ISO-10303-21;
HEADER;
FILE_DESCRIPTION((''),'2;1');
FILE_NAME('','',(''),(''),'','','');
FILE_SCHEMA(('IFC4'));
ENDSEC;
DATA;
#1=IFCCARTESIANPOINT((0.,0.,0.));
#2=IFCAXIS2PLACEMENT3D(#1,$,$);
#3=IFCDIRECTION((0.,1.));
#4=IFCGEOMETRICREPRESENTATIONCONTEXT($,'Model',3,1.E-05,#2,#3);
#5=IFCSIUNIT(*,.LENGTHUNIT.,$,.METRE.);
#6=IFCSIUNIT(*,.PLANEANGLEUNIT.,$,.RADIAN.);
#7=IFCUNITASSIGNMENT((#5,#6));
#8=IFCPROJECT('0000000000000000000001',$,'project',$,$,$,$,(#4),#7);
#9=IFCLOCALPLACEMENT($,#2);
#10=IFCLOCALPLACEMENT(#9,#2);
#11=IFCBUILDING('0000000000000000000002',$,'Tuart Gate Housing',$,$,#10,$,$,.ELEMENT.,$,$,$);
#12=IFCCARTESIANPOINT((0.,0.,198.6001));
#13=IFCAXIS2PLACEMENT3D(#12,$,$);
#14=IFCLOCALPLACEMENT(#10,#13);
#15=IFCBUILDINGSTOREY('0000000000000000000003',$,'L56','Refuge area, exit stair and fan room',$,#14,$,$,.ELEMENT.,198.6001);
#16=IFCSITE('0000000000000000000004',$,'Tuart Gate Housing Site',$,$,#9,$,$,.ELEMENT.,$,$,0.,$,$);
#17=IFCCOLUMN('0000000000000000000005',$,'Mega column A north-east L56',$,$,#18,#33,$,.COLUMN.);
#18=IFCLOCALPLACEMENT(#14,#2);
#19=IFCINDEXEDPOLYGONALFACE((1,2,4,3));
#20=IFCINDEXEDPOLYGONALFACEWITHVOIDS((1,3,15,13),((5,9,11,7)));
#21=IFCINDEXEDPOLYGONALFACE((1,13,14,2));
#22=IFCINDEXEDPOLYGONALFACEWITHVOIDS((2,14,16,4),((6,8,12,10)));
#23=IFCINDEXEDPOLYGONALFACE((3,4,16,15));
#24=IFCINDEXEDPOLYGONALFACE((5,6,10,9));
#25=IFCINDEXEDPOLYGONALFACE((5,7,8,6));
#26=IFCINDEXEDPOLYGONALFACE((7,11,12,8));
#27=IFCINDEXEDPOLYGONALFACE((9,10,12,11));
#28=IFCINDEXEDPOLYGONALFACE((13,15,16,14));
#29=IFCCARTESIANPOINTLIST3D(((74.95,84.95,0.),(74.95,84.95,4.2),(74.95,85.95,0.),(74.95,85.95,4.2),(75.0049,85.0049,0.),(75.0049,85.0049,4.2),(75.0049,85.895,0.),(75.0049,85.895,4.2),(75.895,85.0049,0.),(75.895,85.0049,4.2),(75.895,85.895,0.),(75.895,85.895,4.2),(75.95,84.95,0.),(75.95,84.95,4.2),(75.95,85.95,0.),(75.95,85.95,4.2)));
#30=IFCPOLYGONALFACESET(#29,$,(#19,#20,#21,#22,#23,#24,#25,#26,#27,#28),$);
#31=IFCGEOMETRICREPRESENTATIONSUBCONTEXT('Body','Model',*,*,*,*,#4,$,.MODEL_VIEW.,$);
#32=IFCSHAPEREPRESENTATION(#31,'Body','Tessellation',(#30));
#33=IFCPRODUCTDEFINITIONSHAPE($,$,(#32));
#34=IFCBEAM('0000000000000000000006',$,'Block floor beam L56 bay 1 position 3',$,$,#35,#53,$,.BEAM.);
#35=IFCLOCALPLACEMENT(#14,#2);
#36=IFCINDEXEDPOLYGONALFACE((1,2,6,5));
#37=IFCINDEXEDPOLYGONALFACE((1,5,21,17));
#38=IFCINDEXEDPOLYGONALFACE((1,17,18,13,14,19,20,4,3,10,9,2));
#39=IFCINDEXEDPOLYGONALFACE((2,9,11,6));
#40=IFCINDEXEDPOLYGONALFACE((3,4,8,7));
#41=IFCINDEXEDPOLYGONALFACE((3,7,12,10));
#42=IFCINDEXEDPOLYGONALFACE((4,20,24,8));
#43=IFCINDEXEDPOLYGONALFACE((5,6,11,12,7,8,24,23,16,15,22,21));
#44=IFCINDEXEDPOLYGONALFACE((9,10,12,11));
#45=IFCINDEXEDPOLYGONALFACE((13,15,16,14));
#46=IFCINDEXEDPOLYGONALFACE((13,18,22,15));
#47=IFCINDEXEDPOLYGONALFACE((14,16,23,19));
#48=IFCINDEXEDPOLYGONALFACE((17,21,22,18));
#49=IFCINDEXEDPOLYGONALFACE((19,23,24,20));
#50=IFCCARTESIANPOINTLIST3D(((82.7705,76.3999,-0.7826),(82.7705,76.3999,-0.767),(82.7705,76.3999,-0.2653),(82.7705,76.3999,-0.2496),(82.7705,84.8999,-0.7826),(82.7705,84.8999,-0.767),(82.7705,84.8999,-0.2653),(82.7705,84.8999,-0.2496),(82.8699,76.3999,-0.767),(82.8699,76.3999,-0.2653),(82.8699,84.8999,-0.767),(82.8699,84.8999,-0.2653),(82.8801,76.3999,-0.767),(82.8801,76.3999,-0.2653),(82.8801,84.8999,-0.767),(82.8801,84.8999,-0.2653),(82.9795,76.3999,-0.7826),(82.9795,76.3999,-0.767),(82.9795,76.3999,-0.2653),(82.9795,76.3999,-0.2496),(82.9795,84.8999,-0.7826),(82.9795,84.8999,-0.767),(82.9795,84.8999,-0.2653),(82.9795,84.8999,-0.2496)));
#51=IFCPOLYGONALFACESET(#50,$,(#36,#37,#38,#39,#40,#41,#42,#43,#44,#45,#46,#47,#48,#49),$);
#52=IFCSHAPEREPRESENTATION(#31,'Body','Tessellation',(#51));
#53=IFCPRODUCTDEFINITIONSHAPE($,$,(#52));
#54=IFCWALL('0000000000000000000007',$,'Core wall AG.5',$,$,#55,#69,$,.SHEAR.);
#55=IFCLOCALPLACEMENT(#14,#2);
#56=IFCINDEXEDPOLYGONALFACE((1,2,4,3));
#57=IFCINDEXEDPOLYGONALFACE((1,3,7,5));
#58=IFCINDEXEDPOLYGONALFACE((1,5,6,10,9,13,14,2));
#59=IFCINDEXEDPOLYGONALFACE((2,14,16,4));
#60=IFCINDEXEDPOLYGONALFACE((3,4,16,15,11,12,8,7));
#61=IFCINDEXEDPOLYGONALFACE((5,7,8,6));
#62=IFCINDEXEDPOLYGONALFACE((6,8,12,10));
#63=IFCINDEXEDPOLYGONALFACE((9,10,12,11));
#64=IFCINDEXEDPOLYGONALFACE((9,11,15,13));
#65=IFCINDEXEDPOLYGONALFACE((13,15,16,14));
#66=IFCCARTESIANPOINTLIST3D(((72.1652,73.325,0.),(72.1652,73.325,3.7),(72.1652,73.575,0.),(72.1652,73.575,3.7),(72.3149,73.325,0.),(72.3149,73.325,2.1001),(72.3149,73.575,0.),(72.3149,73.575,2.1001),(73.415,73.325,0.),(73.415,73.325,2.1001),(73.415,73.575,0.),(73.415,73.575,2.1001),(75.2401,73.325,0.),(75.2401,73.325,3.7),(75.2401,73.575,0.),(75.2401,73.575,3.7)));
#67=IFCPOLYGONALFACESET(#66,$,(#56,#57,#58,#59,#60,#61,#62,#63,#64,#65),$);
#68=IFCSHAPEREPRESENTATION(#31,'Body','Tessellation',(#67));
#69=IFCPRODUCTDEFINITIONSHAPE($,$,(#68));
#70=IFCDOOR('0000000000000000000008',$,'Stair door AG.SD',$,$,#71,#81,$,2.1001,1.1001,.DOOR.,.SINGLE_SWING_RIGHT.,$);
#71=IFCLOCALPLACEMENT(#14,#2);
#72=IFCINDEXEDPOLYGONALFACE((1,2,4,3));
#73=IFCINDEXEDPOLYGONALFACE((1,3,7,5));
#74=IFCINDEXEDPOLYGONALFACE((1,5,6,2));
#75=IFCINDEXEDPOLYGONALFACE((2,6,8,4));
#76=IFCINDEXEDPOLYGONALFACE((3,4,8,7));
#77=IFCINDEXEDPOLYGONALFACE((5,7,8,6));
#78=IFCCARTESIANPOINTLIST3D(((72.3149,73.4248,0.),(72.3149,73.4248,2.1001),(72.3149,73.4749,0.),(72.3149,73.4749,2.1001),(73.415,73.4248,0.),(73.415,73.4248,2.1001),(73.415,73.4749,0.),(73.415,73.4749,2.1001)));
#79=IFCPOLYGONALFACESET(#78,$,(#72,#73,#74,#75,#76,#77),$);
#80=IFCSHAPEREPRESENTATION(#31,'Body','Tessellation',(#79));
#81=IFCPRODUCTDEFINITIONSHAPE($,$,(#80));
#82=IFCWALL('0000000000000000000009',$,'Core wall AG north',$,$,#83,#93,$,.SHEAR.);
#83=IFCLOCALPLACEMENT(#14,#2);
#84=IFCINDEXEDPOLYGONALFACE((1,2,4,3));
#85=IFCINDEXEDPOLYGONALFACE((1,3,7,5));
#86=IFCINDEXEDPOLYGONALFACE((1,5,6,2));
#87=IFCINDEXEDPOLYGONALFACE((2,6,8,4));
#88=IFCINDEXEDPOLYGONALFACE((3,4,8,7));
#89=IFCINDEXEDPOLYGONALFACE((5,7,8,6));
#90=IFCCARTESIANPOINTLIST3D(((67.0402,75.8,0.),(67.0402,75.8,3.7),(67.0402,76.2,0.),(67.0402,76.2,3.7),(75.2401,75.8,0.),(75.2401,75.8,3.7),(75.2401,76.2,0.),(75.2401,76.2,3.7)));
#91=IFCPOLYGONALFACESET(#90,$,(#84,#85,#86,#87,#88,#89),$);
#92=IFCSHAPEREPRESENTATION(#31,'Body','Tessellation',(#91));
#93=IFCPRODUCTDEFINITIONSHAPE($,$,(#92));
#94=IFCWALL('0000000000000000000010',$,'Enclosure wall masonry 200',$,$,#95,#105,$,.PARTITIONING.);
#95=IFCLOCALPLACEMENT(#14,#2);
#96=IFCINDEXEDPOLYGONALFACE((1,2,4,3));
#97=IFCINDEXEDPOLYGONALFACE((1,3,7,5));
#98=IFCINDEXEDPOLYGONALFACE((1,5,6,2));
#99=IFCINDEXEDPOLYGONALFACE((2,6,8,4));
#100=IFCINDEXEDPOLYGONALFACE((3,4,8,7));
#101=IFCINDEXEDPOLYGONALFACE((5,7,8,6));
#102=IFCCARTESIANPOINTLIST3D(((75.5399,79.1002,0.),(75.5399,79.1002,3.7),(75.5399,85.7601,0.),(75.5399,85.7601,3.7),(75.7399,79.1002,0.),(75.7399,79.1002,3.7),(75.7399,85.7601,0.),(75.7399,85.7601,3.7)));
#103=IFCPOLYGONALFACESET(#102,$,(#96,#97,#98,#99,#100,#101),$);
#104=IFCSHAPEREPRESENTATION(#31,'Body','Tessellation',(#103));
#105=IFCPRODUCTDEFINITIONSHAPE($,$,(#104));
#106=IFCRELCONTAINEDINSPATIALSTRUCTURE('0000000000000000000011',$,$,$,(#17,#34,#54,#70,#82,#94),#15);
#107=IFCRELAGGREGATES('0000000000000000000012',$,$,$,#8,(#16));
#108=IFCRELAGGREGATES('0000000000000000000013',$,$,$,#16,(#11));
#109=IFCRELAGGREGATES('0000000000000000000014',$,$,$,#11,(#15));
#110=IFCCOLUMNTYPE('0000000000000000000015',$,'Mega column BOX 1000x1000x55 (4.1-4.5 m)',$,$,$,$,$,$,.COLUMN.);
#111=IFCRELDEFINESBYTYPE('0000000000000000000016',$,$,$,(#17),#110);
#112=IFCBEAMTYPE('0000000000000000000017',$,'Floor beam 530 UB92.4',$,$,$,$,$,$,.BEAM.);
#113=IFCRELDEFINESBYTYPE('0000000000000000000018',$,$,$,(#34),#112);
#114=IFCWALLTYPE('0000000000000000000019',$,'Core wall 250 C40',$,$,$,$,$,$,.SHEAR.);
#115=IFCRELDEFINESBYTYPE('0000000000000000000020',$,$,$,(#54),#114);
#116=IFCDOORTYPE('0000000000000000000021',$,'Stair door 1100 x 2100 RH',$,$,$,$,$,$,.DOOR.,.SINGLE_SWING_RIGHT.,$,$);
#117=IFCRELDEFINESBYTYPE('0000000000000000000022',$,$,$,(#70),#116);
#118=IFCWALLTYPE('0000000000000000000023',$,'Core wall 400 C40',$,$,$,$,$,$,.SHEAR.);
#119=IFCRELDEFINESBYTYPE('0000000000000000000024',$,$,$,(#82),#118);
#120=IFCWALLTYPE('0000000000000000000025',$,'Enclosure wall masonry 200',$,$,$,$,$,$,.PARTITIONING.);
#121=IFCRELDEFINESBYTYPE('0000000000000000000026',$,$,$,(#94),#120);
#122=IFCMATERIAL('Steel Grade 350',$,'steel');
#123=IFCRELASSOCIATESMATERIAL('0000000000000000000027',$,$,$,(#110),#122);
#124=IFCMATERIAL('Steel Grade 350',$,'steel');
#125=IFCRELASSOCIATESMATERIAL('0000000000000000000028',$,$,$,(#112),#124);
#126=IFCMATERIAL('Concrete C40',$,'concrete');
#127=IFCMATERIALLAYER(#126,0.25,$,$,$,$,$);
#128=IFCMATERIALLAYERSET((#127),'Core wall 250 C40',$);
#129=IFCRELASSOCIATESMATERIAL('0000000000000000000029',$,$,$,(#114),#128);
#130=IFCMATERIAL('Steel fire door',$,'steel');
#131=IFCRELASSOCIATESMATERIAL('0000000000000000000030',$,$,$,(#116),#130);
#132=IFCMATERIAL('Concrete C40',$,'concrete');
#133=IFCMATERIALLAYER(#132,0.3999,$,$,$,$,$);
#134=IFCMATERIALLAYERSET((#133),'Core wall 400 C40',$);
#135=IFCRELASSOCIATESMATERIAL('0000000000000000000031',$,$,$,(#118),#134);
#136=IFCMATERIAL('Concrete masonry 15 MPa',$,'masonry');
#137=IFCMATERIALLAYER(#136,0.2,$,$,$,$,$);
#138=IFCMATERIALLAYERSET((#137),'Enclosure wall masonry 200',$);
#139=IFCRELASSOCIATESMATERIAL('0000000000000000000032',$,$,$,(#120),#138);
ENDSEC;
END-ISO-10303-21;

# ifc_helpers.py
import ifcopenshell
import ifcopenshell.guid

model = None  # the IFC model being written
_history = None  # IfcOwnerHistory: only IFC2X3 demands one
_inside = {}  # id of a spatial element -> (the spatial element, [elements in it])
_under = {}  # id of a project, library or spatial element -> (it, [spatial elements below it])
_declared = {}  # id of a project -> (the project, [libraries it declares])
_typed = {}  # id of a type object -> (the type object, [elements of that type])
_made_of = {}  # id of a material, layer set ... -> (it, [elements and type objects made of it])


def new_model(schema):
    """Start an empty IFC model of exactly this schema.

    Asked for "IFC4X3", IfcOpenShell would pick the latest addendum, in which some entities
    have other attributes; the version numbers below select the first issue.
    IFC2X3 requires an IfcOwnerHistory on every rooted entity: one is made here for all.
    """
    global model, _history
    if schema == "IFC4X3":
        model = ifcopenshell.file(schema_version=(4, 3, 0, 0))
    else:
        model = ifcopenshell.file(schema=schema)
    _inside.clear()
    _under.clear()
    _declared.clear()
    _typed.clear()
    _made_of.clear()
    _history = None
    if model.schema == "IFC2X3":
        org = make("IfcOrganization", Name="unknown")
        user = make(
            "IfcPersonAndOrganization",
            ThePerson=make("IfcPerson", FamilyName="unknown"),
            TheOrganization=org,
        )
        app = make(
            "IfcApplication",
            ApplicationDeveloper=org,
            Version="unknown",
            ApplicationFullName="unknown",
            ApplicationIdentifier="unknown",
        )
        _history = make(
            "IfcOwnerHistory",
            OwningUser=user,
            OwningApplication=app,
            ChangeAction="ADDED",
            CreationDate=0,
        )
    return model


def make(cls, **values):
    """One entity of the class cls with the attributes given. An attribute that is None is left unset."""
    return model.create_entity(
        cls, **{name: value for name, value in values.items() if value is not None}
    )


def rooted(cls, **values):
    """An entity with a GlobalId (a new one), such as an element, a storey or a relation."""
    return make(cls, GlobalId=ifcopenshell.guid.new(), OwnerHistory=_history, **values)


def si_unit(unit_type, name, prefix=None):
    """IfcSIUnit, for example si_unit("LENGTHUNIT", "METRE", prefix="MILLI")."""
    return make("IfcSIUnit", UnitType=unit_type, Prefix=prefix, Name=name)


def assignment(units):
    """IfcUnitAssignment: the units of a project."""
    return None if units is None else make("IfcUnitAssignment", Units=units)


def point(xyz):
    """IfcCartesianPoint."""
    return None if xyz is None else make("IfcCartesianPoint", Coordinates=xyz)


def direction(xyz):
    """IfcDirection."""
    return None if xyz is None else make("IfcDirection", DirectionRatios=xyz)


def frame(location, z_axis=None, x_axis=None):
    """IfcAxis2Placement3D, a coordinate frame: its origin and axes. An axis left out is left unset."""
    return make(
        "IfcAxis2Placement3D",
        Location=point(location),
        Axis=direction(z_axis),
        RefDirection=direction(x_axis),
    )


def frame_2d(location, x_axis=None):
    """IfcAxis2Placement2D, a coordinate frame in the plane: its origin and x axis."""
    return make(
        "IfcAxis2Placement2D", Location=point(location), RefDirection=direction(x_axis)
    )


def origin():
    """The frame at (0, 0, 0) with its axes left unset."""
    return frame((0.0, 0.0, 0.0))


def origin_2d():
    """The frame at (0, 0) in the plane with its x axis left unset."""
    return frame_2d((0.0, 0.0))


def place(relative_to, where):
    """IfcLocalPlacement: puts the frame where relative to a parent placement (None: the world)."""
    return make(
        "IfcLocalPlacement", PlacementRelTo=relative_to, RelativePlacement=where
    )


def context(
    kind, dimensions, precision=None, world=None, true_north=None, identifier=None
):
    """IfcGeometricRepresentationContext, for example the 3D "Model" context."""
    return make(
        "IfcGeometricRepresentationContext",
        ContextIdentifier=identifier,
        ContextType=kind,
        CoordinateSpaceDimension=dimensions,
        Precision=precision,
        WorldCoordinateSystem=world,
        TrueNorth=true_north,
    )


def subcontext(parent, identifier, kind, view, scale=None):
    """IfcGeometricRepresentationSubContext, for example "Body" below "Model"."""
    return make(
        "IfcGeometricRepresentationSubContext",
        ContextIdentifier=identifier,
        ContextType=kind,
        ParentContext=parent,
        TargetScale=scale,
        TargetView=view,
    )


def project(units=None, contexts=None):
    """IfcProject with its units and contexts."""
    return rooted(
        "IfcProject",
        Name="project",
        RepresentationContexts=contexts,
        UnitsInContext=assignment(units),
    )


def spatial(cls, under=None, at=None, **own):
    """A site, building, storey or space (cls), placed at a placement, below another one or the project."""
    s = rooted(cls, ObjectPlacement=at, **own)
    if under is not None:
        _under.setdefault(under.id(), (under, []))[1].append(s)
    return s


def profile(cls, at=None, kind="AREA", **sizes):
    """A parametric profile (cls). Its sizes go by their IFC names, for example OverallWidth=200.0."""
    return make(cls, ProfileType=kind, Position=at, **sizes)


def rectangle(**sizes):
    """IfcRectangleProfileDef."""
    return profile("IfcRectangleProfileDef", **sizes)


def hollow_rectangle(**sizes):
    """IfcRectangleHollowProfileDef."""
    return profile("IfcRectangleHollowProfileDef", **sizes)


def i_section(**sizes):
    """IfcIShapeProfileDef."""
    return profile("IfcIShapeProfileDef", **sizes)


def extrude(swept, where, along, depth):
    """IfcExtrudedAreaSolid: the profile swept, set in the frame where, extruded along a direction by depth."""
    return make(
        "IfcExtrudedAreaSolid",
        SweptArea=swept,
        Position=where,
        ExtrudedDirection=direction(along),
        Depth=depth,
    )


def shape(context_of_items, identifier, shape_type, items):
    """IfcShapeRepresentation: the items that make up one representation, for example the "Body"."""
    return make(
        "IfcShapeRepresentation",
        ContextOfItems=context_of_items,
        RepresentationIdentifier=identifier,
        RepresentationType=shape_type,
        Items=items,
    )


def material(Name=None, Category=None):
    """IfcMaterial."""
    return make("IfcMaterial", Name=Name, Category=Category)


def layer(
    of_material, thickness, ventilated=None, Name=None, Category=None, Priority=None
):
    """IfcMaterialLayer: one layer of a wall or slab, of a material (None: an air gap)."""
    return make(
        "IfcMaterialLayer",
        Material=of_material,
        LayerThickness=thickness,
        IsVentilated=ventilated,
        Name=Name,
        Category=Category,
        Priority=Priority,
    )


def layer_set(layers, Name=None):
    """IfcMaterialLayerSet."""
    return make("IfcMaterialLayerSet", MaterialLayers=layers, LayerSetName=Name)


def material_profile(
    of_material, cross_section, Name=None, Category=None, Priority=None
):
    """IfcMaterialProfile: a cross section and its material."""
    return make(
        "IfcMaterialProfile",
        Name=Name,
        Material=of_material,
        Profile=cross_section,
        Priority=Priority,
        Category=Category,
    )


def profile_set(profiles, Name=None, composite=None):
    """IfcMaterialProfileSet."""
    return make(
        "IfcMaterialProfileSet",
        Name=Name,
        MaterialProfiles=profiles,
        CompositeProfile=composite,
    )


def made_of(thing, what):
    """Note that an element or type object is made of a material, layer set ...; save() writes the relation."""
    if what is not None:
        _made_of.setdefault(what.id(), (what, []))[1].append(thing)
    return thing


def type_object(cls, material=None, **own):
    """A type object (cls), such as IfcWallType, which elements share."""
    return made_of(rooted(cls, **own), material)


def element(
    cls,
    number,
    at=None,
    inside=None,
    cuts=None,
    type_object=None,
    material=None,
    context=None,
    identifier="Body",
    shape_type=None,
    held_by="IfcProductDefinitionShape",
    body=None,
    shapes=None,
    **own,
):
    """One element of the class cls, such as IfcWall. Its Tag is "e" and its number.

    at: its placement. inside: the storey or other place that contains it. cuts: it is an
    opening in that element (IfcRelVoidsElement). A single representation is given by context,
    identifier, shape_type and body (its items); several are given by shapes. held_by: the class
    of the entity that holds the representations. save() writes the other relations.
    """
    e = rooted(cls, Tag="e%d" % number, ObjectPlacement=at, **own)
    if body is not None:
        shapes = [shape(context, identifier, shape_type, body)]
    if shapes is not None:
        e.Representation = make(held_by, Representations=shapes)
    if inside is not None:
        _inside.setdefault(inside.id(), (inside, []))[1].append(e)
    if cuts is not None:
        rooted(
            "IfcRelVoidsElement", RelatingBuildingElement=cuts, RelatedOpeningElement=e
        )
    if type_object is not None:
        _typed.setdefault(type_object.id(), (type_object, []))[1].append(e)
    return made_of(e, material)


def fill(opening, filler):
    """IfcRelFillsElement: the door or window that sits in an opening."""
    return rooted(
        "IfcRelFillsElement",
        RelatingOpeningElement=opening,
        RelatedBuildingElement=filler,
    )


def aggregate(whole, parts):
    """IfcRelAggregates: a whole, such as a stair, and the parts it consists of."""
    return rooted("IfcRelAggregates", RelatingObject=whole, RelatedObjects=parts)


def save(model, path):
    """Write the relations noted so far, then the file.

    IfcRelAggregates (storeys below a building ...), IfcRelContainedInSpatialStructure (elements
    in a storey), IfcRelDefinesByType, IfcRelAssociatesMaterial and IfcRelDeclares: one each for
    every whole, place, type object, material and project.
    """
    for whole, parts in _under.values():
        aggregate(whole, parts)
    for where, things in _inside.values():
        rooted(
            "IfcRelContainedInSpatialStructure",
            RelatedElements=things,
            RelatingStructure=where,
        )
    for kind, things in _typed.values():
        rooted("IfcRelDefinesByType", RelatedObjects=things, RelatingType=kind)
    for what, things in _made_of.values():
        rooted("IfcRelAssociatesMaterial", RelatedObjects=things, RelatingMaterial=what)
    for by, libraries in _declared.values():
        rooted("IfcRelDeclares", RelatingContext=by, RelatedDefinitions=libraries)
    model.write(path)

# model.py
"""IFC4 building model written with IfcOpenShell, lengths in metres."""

from ifc_helpers import new_model, si_unit, direction, frame, frame_2d, origin, origin_2d, place, context, subcontext, project, spatial, rectangle, hollow_rectangle, i_section, extrude, material, layer, layer_set, material_profile, profile_set, type_object, element, fill, save


model = new_model("IFC4")

# Units and contexts
model_context = context("Model", 3, precision=1e-05, world=origin(), true_north=direction((0.0, 1.0)))
body_context = subcontext(model_context, "Body", "Model", "MODEL_VIEW")
ifc_project = project(units=[si_unit("LENGTHUNIT", "METRE"), si_unit("PLANEANGLEUNIT", "RADIAN")], contexts=[model_context])

# Site, building, storey
site_placement = place(None, origin())
site = spatial("IfcSite", under=ifc_project, at=site_placement, Name="Tuart Gate Housing Site", CompositionType="ELEMENT", RefElevation=0.0)
building_placement = place(site_placement, origin())
building = spatial("IfcBuilding", under=site, at=building_placement, Name="Tuart Gate Housing", CompositionType="ELEMENT")
storey_placement = place(building_placement, frame((0.0, 0.0, 198.6001)))
storey = spatial("IfcBuildingStorey", under=building, at=storey_placement, Name="L56", Description="Refuge area, exit stair and fan room", CompositionType="ELEMENT", Elevation=198.6001)

# Column
ifc_material_1 = material(Name="Steel Grade 350", Category="steel")
ifc_material_profile_1 = material_profile(ifc_material_1, hollow_rectangle(XDim=1.0, YDim=1.0, WallThickness=0.0549, at=origin_2d()), Name="BOX 1000x1000x55")
ifc_profile_set_1 = profile_set([ifc_material_profile_1], Name="Steel Grade 350")
column_type = type_object("IfcColumnType", Name="Mega column BOX 1000x1000x55 (4.1-4.5 m)", PredefinedType="COLUMN", material=ifc_profile_set_1)
column_placement = place(storey_placement, frame((75.45, 85.45, 0.0), z_axis=(0.0, 0.0, 1.0), x_axis=(1.0, 0.0, 0.0)))
element("IfcColumn", 1, at=column_placement, inside=storey, type_object=column_type, Name="Mega column A north-east L56", PredefinedType="COLUMN", context=body_context, shape_type="SweptSolid", body=[
    extrude(hollow_rectangle(XDim=1.0, YDim=1.0, WallThickness=0.0549, at=origin_2d()), origin(), (0.0, 0.0, 1.0), 4.2),
])

# Beam
ifc_material_2 = material(Name="Steel Grade 350", Category="steel")
ifc_material_profile_2 = material_profile(ifc_material_2, i_section(OverallWidth=0.209, OverallDepth=0.533, WebThickness=0.0103, FlangeThickness=0.0156, at=origin_2d()), Name="530UB92.4")
ifc_profile_set_2 = profile_set([ifc_material_profile_2], Name="Steel Grade 350")
beam_type = type_object("IfcBeamType", Name="Floor beam 530 UB92.4", PredefinedType="BEAM", material=ifc_profile_set_2)
beam_placement = place(storey_placement, frame((82.875, 76.3999, -0.5161), z_axis=(0.0, 1.0, 0.0), x_axis=(-1.0, 0.0, 0.0)))
element("IfcBeam", 2, at=beam_placement, inside=storey, type_object=beam_type, Name="Block floor beam L56 bay 1 position 3", PredefinedType="BEAM", context=body_context, shape_type="SweptSolid", body=[
    extrude(i_section(OverallWidth=0.209, OverallDepth=0.533, WebThickness=0.0103, FlangeThickness=0.0156, at=origin_2d()), origin(), (0.0, 0.0, 1.0), 8.5),
])

# Wall, opening, door
ifc_material_3 = material(Name="Concrete C40", Category="concrete")
ifc_layer_1 = layer(ifc_material_3, 0.25)
ifc_layer_set_1 = layer_set([ifc_layer_1], Name="Core wall 250 C40")
wall_type_1 = type_object("IfcWallType", Name="Core wall 250 C40", PredefinedType="SHEAR", material=ifc_layer_set_1)
wall_1_placement = place(storey_placement, frame((72.165, 73.45, 0.0), z_axis=(0.0, 0.0, 1.0), x_axis=(1.0, 0.0, 0.0)))
wall_1 = element("IfcWall", 3, at=wall_1_placement, inside=storey, type_object=wall_type_1, Name="Core wall AG.5", PredefinedType="SHEAR", context=body_context, shape_type="SweptSolid", body=[
    extrude(rectangle(XDim=3.075, YDim=0.25, at=frame_2d((1.5376, 0.0))), origin(), (0.0, 0.0, 1.0), 3.7),
])
opening_1_placement = place(wall_1_placement, frame((0.1499, 0.0, 0.0)))
opening_1 = element("IfcOpeningElement", 4, at=opening_1_placement, cuts=wall_1, PredefinedType="OPENING", context=body_context, shape_type="SweptSolid", body=[
    extrude(rectangle(XDim=1.1001, YDim=2.1001, at=frame_2d((0.55, 1.05))), frame((0.0, 0.135, 0.0), z_axis=(0.0, -1.0, 0.0), x_axis=(1.0, 0.0, 0.0)), (0.0, 0.0, 1.0), 0.27),
])
ifc_material_4 = material(Name="Steel fire door", Category="steel")
door_type = type_object("IfcDoorType", Name="Stair door 1100 x 2100 RH", OperationType="SINGLE_SWING_RIGHT", PredefinedType="DOOR", material=ifc_material_4)
door_placement = place(opening_1_placement, frame((1.1001, 0.0, 0.0), z_axis=(0.0, 0.0, 1.0), x_axis=(-1.0, 0.0, 0.0)))
door = element("IfcDoor", 5, at=door_placement, inside=storey, type_object=door_type, Name="Stair door AG.SD", OperationType="SINGLE_SWING_RIGHT", OverallHeight=2.1001, OverallWidth=1.1001, PredefinedType="DOOR", context=body_context, shape_type="SweptSolid", body=[
    extrude(rectangle(XDim=1.1001, YDim=2.1001, at=frame_2d((0.55, 1.05))), frame((0.0, 0.0251, 0.0), z_axis=(0.0, -1.0, 0.0), x_axis=(1.0, 0.0, 0.0)), (0.0, 0.0, 1.0), 0.05),
])
fill(opening_1, door)

# Walls
ifc_material_5 = material(Name="Concrete C40", Category="concrete")
ifc_layer_2 = layer(ifc_material_5, 0.3999)
ifc_layer_set_2 = layer_set([ifc_layer_2], Name="Core wall 400 C40")
wall_type_2 = type_object("IfcWallType", Name="Core wall 400 C40", PredefinedType="SHEAR", material=ifc_layer_set_2)
wall_2_placement = place(storey_placement, frame((67.04, 76.0, 0.0), z_axis=(0.0, 0.0, 1.0), x_axis=(1.0, 0.0, 0.0)))
element("IfcWall", 6, at=wall_2_placement, inside=storey, type_object=wall_type_2, Name="Core wall AG north", PredefinedType="SHEAR", context=body_context, shape_type="SweptSolid", body=[
    extrude(rectangle(XDim=8.2, YDim=0.3999, at=frame_2d((4.1001, 0.0))), origin(), (0.0, 0.0, 1.0), 3.7),
])
ifc_material_6 = material(Name="Concrete masonry 15 MPa", Category="masonry")
ifc_layer_3 = layer(ifc_material_6, 0.2)
ifc_layer_set_3 = layer_set([ifc_layer_3], Name="Enclosure wall masonry 200")
wall_type_3 = type_object("IfcWallType", Name="Enclosure wall masonry 200", PredefinedType="PARTITIONING", material=ifc_layer_set_3)
wall_3_placement = place(storey_placement, frame((75.6399, 79.1001, 0.0), z_axis=(0.0, 0.0, 1.0), x_axis=(0.0, 1.0, 0.0)))
element("IfcWall", 7, at=wall_3_placement, inside=storey, type_object=wall_type_3, Name="Enclosure wall masonry 200", PredefinedType="PARTITIONING", context=body_context, shape_type="SweptSolid", body=[
    extrude(rectangle(XDim=6.6599, YDim=0.2, at=frame_2d((3.3301, 0.0))), origin(), (0.0, 0.0, 1.0), 3.7),
])

save(model, "model.ifc")
